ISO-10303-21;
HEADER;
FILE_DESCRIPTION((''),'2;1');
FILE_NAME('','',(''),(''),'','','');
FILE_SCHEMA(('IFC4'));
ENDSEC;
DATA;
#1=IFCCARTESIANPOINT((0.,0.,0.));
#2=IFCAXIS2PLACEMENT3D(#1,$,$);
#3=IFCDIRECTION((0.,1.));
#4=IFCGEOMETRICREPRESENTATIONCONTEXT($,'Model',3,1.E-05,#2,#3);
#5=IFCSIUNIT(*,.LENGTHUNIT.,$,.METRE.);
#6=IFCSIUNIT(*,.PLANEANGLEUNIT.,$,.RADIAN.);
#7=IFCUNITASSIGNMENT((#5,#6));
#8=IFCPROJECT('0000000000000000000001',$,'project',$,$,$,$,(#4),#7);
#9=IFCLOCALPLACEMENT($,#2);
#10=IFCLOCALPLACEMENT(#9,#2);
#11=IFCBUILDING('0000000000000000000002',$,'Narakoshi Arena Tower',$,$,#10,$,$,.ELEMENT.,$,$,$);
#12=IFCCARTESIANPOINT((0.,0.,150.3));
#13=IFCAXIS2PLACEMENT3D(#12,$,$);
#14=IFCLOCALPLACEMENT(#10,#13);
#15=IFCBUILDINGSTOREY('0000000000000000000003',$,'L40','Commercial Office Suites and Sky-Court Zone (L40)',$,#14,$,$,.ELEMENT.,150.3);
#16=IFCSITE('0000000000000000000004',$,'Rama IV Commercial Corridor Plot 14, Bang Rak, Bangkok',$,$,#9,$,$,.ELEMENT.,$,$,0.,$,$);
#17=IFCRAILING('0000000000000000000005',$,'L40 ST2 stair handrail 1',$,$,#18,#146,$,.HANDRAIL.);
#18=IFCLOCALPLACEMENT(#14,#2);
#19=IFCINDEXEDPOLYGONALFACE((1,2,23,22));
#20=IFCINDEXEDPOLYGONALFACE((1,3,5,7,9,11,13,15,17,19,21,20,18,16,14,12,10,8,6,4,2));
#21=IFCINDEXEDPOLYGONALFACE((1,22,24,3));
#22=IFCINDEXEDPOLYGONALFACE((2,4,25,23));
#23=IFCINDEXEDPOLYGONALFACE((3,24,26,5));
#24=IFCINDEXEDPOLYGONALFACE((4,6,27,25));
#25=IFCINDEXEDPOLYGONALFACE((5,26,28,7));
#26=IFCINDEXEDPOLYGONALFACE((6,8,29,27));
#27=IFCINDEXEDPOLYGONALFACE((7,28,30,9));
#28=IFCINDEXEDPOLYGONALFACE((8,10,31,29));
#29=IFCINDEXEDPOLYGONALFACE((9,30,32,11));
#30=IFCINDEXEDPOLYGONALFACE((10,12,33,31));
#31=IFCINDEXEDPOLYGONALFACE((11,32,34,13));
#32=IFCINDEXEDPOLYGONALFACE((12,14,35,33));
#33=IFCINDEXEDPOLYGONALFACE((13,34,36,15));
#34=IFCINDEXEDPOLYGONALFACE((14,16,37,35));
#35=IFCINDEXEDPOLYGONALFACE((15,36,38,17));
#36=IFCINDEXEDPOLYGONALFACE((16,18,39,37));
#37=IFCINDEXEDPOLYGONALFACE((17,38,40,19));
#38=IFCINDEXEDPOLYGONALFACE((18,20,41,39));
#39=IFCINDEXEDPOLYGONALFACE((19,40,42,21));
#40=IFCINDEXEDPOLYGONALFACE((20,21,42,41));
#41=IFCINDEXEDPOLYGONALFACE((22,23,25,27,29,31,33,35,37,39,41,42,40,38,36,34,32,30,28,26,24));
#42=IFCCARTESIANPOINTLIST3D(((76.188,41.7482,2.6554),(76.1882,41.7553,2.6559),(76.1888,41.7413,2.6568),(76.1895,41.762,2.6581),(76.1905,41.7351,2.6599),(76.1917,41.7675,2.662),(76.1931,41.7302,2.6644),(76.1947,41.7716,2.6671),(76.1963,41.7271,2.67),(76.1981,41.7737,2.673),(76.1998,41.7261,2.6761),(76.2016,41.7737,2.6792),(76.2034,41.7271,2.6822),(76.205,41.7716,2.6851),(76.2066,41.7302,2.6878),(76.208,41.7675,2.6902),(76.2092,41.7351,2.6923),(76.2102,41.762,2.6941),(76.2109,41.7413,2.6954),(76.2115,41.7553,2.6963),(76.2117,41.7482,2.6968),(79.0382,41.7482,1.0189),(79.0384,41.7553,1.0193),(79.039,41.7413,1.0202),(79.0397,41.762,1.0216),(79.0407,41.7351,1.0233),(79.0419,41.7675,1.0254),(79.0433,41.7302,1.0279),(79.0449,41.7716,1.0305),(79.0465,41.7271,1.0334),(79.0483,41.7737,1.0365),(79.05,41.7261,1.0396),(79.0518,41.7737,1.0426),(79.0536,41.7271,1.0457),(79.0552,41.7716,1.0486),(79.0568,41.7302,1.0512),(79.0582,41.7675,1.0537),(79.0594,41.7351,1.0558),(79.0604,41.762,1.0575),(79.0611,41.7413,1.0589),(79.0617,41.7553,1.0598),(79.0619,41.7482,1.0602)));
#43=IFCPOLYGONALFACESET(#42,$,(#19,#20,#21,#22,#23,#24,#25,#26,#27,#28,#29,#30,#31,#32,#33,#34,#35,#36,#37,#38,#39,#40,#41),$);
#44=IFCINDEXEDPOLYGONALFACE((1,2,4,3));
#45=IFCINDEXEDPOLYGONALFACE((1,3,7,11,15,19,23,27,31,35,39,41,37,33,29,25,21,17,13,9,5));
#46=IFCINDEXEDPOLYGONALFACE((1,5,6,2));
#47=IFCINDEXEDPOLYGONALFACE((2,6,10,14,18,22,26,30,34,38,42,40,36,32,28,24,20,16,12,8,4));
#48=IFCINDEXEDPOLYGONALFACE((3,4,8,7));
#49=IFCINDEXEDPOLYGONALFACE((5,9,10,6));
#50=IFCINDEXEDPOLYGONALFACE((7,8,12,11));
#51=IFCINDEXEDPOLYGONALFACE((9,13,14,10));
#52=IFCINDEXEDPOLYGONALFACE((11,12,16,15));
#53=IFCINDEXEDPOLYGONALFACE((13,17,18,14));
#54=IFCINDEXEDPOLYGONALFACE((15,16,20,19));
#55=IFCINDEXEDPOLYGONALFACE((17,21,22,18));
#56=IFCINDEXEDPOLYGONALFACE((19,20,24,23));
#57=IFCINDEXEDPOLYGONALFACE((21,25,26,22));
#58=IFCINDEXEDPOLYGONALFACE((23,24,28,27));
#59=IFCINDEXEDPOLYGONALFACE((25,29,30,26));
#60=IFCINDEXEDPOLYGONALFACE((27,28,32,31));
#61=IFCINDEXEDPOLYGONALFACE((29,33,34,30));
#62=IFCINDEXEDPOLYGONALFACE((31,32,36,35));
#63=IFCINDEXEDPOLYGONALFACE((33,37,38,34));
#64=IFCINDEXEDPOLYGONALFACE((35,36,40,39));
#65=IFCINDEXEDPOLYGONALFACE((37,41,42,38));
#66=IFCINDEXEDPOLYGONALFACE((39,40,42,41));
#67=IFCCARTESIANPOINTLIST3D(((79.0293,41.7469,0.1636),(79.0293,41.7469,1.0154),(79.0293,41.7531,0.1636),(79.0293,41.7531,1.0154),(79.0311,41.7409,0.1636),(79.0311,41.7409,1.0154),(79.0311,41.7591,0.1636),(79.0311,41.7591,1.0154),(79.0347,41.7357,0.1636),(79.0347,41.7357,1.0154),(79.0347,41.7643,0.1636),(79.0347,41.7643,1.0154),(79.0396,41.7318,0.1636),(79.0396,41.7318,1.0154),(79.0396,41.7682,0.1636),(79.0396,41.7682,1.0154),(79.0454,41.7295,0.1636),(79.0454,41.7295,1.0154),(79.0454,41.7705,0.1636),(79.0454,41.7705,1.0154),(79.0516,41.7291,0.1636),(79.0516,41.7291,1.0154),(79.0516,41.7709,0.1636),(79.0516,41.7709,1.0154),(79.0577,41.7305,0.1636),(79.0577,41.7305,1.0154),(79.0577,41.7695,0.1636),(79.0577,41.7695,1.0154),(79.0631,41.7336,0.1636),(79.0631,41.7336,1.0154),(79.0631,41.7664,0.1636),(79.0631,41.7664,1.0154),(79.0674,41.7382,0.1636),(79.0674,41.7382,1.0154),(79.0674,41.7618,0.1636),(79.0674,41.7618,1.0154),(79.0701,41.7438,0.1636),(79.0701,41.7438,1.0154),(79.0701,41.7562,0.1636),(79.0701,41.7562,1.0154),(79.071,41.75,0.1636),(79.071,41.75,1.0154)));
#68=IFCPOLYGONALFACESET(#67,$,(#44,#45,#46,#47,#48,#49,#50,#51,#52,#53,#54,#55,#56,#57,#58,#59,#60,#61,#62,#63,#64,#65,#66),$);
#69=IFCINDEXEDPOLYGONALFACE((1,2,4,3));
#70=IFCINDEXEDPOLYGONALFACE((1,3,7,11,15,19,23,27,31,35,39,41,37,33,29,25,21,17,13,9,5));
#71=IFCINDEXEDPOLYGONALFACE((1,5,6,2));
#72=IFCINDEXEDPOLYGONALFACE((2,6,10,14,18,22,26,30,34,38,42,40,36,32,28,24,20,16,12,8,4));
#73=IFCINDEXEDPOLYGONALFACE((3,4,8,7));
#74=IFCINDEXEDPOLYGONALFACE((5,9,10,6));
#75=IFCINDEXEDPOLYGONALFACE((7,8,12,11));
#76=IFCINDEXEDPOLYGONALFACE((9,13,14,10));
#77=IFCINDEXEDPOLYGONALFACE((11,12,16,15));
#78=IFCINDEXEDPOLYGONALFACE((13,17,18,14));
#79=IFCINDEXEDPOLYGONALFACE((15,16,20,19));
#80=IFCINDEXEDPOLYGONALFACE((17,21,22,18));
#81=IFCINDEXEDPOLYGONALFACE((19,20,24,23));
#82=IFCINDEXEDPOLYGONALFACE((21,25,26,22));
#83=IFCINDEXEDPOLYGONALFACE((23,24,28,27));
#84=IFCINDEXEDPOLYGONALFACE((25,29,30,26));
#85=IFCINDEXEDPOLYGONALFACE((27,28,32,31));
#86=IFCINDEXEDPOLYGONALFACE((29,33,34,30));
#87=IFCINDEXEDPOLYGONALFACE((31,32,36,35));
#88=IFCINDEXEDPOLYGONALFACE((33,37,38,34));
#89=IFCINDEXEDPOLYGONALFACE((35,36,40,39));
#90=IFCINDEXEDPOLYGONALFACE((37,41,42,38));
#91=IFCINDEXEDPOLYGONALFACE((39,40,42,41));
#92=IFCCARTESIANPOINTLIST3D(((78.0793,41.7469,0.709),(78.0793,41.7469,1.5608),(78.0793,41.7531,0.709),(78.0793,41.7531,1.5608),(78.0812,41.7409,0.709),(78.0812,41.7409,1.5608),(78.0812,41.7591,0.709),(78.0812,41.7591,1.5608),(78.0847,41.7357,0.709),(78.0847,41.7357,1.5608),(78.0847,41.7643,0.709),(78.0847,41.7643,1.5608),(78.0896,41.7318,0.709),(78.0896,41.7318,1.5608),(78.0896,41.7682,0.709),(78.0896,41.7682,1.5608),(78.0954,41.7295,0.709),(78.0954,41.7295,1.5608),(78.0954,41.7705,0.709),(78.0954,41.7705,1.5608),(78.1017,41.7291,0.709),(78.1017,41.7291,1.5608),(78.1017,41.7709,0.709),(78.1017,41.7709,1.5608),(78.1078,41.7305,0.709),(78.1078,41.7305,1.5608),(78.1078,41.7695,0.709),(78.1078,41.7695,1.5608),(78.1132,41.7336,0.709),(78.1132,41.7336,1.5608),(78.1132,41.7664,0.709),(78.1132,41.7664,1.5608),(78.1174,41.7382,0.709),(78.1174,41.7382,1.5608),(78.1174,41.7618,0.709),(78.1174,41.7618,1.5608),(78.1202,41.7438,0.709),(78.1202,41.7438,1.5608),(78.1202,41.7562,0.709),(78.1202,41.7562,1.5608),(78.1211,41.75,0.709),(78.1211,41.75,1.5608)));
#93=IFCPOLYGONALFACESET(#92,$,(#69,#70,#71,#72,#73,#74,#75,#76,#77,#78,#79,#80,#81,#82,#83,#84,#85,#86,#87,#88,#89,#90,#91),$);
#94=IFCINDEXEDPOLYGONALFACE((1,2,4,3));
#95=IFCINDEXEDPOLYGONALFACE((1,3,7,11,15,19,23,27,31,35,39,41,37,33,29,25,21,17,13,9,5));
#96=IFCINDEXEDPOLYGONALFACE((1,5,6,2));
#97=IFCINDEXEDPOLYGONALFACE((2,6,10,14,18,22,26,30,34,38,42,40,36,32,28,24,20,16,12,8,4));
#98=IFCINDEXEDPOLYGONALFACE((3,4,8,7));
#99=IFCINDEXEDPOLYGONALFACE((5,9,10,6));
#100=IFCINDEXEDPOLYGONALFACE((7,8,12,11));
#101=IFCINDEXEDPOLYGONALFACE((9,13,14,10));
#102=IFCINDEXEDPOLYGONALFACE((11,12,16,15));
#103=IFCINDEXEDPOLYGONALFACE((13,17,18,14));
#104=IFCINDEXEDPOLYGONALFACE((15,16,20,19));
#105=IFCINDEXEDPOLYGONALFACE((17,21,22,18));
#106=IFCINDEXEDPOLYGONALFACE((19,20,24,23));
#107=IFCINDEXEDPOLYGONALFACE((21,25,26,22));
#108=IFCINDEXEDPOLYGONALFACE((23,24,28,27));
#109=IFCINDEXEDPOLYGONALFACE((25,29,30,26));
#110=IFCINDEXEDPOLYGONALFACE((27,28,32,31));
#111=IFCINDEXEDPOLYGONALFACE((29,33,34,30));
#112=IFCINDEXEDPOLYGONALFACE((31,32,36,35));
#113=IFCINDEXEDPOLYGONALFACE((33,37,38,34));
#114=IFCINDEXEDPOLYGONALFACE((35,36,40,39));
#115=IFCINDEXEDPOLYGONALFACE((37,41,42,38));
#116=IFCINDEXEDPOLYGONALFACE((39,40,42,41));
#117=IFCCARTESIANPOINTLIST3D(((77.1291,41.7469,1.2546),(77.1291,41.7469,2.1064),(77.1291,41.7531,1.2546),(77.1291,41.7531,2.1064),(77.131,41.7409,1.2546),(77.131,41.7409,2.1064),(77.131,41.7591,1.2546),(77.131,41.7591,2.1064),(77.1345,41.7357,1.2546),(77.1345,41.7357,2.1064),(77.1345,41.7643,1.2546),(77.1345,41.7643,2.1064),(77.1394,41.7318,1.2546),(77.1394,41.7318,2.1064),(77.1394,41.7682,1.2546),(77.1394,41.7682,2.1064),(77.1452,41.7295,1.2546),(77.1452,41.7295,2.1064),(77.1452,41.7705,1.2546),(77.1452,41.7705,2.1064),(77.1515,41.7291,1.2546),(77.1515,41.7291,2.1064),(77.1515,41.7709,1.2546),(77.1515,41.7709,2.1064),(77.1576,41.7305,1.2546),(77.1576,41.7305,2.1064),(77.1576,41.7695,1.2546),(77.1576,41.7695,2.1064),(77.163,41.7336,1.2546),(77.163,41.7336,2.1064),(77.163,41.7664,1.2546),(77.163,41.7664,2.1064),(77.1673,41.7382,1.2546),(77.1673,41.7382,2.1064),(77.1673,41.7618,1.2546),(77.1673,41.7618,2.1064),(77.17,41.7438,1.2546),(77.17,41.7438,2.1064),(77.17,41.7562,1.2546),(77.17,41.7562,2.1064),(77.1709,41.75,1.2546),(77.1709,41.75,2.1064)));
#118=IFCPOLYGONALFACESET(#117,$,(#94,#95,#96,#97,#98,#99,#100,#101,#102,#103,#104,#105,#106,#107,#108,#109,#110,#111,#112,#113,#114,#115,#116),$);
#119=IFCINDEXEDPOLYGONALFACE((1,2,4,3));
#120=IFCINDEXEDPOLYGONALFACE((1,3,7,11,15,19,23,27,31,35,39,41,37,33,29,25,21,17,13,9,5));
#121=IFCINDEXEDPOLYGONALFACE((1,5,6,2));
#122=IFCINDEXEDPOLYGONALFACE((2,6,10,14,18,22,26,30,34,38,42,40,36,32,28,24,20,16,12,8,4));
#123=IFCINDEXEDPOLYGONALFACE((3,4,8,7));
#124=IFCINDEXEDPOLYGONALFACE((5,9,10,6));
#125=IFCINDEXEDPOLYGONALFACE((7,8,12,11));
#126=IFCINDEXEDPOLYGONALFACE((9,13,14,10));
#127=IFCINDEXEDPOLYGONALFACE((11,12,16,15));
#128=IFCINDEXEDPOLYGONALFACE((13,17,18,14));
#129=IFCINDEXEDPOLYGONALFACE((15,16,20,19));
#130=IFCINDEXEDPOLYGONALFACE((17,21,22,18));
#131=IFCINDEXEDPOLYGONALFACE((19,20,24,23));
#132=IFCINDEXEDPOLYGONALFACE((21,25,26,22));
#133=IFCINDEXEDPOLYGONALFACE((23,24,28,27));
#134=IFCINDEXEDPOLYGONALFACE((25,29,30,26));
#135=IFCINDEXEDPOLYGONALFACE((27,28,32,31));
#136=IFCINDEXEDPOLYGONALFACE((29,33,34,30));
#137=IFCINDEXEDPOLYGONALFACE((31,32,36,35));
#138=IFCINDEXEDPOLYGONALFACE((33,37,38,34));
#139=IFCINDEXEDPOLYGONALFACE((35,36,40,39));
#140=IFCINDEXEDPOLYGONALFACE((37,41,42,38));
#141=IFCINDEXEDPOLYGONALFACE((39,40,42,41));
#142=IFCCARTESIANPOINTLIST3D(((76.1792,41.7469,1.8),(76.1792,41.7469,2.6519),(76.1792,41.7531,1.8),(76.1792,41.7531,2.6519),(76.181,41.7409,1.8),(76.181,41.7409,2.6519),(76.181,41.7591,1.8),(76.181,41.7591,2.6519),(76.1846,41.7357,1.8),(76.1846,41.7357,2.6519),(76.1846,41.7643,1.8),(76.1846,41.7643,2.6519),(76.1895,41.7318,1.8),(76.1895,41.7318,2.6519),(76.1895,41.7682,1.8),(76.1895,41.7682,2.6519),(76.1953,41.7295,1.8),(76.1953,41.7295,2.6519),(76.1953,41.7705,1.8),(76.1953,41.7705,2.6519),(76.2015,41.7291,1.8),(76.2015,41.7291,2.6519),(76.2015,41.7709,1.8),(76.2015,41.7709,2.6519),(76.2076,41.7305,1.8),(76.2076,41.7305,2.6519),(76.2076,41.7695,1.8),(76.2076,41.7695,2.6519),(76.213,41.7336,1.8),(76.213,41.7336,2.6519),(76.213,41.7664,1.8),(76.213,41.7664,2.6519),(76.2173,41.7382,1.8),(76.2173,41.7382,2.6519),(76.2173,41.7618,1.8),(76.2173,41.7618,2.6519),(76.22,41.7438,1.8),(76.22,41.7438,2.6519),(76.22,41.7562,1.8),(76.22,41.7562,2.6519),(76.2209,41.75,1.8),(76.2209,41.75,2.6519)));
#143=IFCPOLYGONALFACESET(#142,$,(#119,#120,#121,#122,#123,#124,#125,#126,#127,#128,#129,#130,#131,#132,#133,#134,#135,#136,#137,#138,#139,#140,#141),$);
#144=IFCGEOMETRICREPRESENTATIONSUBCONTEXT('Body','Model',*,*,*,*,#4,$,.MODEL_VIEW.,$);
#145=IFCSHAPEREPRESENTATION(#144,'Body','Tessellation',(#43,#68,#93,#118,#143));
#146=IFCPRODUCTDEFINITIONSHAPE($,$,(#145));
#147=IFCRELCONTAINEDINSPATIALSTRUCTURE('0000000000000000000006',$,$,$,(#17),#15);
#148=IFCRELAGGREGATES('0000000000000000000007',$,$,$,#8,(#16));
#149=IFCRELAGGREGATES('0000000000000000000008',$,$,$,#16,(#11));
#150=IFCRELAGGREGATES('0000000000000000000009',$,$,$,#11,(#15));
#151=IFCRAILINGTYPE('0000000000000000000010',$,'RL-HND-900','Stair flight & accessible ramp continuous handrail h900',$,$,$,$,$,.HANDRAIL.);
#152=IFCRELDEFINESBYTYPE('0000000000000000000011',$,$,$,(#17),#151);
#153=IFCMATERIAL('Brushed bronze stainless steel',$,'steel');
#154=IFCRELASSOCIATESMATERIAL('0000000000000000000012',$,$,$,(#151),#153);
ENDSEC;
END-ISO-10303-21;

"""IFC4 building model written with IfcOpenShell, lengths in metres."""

from ifc_helpers import new_model, si_unit, direction, frame, origin, origin_2d, place, context, subcontext, project, spatial, circle, extrude, material, type_object, element, save


model = new_model("IFC4")

# Units and contexts
model_context = context("Model", 3, precision=1e-05, world=origin(), true_north=direction((0.0, 1.0)))
body_context = subcontext(model_context, "Body", "Model", "MODEL_VIEW")
ifc_project = project(units=[si_unit("LENGTHUNIT", "METRE"), si_unit("PLANEANGLEUNIT", "RADIAN")], contexts=[model_context])

# Site, building, storey
site_placement = place(None, origin())
site = spatial("IfcSite", under=ifc_project, at=site_placement, Name="Rama IV Commercial Corridor Plot 14, Bang Rak, Bangkok", CompositionType="ELEMENT", RefElevation=0.0)
building_placement = place(site_placement, origin())
building = spatial("IfcBuilding", under=site, at=building_placement, Name="Narakoshi Arena Tower", CompositionType="ELEMENT")
storey_placement = place(building_placement, frame((0.0, 0.0, 150.3)))
storey = spatial("IfcBuildingStorey", under=building, at=storey_placement, Name="L40", Description="Commercial Office Suites and Sky-Court Zone (L40)", CompositionType="ELEMENT", Elevation=150.3)

# Railing
ifc_material_1 = material(Name="Brushed bronze stainless steel", Category="steel")
railing_type_1 = type_object("IfcRailingType", Name="RL-HND-900", Description="Stair flight & accessible ramp continuous handrail h900", PredefinedType="HANDRAIL", material=ifc_material_1)
railing_1_placement = place(storey_placement, frame((79.05, 41.75, 0.1636)))
element("IfcRailing", 1, at=railing_1_placement, inside=storey, type_object=railing_type_1, Name="L40 ST2 stair handrail 1", PredefinedType="HANDRAIL", context=body_context, shape_type="SweptSolid", body=[
    extrude(circle(Radius=0.0239, at=origin_2d()), frame((0.0, 0.0, 0.876), z_axis=(-0.867213, 0.0, 0.497938), x_axis=(0.0, -1.0, 0.0)), (0.0, 0.0, 1.0), 3.2866),
    extrude(circle(Radius=0.021, at=origin_2d()), origin(), (0.0, 0.0, 1.0), 0.8518),
    extrude(circle(Radius=0.021, at=origin_2d()), frame((-0.95, 0.0, 0.5454)), (0.0, 0.0, 1.0), 0.8518),
    extrude(circle(Radius=0.021, at=origin_2d()), frame((-1.9001, 0.0, 1.0911)), (0.0, 0.0, 1.0), 0.8518),
    extrude(circle(Radius=0.021, at=origin_2d()), frame((-2.8501, 0.0, 1.6365)), (0.0, 0.0, 1.0), 0.8518),
])

save(model, "model.ifc")
